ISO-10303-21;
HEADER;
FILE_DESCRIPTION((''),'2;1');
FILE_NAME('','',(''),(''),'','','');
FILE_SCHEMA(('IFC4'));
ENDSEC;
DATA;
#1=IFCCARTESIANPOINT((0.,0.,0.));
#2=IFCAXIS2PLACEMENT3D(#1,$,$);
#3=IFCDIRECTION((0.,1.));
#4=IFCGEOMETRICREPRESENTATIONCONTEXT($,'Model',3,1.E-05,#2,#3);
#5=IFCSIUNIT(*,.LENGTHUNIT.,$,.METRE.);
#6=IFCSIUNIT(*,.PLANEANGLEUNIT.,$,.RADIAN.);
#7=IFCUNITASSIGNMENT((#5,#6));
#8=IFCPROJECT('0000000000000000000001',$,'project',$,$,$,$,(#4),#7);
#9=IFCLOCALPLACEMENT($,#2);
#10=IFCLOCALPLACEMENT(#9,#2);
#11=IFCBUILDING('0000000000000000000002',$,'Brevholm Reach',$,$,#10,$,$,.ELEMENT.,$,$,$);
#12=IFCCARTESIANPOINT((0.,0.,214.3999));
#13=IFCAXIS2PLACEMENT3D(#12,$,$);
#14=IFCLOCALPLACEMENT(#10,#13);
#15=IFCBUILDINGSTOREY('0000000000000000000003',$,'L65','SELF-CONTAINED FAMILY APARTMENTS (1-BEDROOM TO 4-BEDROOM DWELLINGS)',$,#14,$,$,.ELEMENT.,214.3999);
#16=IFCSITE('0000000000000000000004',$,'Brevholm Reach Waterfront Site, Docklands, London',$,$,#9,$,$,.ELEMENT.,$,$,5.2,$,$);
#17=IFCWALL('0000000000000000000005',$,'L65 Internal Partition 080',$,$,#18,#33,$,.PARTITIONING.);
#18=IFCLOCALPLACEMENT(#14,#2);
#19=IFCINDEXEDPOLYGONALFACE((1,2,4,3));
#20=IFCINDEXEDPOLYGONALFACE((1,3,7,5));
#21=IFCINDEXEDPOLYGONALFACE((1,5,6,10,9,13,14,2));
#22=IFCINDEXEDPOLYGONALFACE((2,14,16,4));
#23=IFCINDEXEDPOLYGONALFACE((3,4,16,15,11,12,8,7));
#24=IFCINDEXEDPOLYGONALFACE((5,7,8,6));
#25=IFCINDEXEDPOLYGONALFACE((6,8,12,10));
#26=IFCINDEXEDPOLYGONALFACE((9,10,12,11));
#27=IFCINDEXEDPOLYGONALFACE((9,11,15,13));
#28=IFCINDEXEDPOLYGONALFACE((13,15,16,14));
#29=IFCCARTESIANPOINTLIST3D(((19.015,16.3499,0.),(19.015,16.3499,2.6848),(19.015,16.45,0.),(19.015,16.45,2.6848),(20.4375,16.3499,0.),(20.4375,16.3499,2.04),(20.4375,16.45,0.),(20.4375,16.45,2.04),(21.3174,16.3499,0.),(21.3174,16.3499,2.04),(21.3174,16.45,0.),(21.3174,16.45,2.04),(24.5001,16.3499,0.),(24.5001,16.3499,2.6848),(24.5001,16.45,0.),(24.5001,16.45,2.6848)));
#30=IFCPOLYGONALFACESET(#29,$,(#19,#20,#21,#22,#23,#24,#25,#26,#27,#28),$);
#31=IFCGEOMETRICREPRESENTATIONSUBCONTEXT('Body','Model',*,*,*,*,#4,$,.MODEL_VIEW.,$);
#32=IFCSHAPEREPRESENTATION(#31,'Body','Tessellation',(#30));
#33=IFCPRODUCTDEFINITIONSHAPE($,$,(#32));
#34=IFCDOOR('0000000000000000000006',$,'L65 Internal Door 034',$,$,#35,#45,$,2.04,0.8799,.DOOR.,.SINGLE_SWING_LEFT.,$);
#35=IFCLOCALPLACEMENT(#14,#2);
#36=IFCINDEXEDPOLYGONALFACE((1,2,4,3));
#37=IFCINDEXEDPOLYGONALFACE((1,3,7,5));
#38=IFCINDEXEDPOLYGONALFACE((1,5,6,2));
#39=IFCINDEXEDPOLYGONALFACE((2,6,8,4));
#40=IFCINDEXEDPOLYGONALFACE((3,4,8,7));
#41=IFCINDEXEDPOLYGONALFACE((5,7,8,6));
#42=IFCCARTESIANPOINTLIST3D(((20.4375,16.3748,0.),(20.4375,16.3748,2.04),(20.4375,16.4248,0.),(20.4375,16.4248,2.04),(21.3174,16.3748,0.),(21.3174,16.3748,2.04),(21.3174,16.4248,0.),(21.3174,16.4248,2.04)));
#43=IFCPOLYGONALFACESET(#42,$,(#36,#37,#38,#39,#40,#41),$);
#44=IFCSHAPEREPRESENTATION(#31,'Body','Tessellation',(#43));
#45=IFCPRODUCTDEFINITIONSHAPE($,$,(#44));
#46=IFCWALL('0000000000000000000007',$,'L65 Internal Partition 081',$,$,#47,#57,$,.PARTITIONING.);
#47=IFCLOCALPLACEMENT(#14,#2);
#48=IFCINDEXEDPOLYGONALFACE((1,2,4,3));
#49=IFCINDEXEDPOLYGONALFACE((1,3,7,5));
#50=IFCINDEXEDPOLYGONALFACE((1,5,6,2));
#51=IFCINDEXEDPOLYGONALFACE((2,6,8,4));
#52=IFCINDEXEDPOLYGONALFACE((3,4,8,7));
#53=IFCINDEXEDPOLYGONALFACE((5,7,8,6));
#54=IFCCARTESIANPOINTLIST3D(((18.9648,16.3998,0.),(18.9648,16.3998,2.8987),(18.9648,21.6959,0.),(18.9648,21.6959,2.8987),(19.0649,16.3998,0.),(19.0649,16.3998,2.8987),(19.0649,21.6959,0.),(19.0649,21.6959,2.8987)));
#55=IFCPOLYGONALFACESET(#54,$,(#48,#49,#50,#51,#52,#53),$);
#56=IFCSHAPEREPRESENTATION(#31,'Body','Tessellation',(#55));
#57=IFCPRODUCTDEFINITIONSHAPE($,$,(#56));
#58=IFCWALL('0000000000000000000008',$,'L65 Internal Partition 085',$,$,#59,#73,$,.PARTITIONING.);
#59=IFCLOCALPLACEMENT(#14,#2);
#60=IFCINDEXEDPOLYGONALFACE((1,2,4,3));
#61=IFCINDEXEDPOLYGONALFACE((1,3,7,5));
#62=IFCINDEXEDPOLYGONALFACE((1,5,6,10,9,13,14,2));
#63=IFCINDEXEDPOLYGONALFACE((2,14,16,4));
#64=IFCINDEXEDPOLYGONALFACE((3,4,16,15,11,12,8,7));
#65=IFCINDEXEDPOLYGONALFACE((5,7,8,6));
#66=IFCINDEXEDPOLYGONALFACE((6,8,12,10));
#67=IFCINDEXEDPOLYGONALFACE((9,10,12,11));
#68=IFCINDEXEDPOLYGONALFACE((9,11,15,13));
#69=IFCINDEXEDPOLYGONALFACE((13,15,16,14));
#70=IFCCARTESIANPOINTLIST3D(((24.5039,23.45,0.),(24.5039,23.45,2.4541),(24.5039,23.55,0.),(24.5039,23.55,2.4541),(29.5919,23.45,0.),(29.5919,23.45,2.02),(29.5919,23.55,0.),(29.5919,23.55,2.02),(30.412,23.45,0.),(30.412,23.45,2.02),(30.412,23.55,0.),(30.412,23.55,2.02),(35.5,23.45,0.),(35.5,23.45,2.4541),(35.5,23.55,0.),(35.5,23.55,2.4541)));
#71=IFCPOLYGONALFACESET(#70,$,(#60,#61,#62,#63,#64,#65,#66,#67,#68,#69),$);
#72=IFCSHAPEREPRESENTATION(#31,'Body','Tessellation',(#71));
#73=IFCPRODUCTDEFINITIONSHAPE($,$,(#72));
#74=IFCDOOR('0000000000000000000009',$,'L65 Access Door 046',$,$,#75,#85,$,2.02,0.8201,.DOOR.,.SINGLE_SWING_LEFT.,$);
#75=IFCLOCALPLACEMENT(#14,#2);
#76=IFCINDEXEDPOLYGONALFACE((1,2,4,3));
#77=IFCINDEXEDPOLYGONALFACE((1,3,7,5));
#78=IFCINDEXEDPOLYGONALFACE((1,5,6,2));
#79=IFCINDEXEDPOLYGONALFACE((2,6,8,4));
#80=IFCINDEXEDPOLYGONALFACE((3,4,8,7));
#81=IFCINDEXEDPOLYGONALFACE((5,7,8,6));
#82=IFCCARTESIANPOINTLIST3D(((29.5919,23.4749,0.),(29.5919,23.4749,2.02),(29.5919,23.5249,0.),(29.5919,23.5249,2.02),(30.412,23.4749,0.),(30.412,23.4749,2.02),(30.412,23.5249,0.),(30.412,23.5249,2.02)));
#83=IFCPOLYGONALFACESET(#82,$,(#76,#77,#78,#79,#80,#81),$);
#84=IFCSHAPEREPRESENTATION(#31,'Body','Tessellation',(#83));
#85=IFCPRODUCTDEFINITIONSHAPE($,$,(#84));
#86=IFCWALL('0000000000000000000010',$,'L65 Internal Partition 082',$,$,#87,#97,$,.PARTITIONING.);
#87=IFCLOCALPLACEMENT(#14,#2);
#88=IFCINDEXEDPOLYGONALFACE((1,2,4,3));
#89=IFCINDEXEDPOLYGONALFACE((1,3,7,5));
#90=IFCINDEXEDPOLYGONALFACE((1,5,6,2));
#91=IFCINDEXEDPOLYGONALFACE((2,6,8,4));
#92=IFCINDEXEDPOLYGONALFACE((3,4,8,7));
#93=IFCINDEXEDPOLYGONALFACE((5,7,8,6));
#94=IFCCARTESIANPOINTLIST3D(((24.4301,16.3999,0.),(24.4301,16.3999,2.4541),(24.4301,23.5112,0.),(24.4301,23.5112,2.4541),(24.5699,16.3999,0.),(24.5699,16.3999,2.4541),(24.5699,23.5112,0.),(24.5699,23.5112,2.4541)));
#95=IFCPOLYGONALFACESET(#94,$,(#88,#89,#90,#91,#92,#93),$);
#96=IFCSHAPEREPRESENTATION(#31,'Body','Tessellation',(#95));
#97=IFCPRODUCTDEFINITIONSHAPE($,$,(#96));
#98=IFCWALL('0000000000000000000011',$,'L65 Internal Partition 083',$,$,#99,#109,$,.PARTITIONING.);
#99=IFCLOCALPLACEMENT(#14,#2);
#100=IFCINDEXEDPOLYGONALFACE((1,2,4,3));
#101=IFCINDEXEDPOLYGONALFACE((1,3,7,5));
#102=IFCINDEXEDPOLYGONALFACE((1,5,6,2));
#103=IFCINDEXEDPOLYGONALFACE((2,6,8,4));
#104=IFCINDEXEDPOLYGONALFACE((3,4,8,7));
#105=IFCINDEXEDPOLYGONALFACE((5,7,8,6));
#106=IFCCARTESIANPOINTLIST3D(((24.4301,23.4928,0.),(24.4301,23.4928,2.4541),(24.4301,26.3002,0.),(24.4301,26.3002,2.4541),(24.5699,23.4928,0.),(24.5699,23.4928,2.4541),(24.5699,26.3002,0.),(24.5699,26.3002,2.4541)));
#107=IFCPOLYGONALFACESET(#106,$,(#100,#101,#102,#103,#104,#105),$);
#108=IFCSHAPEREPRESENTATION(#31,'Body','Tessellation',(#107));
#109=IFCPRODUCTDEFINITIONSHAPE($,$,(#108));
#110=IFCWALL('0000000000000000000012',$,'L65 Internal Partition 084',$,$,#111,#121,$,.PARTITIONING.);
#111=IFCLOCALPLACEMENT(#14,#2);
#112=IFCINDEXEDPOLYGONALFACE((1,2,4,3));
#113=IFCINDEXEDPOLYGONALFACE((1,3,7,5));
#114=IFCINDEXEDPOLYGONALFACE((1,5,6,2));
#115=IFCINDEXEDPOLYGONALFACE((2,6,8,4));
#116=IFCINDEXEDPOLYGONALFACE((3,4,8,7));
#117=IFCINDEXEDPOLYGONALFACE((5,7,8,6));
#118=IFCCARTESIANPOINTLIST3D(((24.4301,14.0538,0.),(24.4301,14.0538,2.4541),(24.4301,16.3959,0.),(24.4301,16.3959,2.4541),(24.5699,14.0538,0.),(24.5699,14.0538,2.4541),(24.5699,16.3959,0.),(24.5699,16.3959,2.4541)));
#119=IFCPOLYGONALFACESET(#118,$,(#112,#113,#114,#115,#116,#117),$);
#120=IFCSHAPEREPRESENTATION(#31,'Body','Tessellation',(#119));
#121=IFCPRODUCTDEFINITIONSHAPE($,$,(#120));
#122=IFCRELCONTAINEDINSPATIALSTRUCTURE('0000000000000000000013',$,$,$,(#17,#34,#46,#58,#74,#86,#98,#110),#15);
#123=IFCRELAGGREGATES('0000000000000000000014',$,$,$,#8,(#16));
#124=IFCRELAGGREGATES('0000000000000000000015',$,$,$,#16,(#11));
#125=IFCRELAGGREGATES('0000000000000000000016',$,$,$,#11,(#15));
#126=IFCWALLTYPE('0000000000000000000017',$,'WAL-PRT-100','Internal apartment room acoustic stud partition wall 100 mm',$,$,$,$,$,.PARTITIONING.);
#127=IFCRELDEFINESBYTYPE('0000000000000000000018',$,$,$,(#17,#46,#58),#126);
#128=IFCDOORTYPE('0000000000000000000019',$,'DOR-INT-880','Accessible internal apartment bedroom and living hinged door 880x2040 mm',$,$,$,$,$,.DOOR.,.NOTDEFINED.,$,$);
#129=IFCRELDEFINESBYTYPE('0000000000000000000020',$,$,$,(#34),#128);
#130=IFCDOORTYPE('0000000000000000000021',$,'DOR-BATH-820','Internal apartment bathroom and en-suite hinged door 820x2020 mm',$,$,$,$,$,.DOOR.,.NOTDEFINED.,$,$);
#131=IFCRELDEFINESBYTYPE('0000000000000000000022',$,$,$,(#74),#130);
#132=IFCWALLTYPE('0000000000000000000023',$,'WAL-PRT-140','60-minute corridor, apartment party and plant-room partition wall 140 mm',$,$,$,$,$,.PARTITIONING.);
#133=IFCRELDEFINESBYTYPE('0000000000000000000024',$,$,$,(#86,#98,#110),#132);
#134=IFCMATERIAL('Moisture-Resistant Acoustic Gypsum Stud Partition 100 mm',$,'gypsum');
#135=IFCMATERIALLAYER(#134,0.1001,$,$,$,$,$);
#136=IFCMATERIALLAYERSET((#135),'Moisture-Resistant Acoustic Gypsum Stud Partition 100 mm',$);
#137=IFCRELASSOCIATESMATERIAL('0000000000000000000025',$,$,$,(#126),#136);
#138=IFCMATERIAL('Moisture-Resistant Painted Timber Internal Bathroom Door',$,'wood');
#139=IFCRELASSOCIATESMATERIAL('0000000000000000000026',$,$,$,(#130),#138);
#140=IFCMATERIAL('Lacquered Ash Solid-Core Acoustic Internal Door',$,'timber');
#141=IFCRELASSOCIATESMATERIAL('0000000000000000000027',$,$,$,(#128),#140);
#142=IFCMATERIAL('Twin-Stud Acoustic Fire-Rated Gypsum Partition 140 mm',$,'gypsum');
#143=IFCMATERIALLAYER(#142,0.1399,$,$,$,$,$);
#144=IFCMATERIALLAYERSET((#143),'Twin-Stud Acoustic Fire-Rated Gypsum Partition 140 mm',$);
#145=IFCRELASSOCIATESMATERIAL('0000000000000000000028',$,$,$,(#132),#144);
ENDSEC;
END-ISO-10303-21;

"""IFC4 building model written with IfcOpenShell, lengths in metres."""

from ifc_helpers import new_model, si_unit, direction, frame, frame_2d, origin, place, context, subcontext, project, spatial, rectangle, extrude, material, layer, layer_set, type_object, element, fill, save


model = new_model("IFC4")

# Units and contexts
model_context = context("Model", 3, precision=1e-05, world=origin(), true_north=direction((0.0, 1.0)))
body_context = subcontext(model_context, "Body", "Model", "MODEL_VIEW")
ifc_project = project(units=[si_unit("LENGTHUNIT", "METRE"), si_unit("PLANEANGLEUNIT", "RADIAN")], contexts=[model_context])

# Site, building, storey
site_placement = place(None, origin())
site = spatial("IfcSite", under=ifc_project, at=site_placement, Name="Brevholm Reach Waterfront Site, Docklands, London", CompositionType="ELEMENT", RefElevation=5.2)
building_placement = place(site_placement, origin())
building = spatial("IfcBuilding", under=site, at=building_placement, Name="Brevholm Reach", CompositionType="ELEMENT")
storey_placement = place(building_placement, frame((0.0, 0.0, 214.3999)))
storey = spatial("IfcBuildingStorey", under=building, at=storey_placement, Name="L65", Description="SELF-CONTAINED FAMILY APARTMENTS (1-BEDROOM TO 4-BEDROOM DWELLINGS)", CompositionType="ELEMENT", Elevation=214.3999)

# Shared definitions
ifc_material_1 = material(Name="Moisture-Resistant Acoustic Gypsum Stud Partition 100 mm", Category="gypsum")
ifc_layer_1 = layer(ifc_material_1, 0.1001)
ifc_layer_set_1 = layer_set([ifc_layer_1], Name="Moisture-Resistant Acoustic Gypsum Stud Partition 100 mm")
wall_type_1 = type_object("IfcWallType", Name="WAL-PRT-100", Description="Internal apartment room acoustic stud partition wall 100 mm", PredefinedType="PARTITIONING", material=ifc_layer_set_1)
ifc_material_2 = material(Name="Moisture-Resistant Painted Timber Internal Bathroom Door", Category="wood")
door_type_1 = type_object("IfcDoorType", Name="DOR-BATH-820", Description="Internal apartment bathroom and en-suite hinged door 820x2020 mm", OperationType="NOTDEFINED", PredefinedType="DOOR", material=ifc_material_2)

# Wall, opening, door
wall_1_placement = place(storey_placement, frame((19.0149, 16.3999, 0.0), z_axis=(0.0, 0.0, 1.0), x_axis=(1.0, 0.0, 0.0)))
wall_1 = element("IfcWall", 1, at=wall_1_placement, inside=storey, type_object=wall_type_1, Name="L65 Internal Partition 080", PredefinedType="PARTITIONING", context=body_context, shape_type="SweptSolid", body=[
    extrude(rectangle(XDim=5.4851, YDim=0.1001, at=frame_2d((2.7427, 0.0))), origin(), (0.0, 0.0, 1.0), 2.6848),
])
opening_1_placement = place(wall_1_placement, frame((1.4226, 0.0, 0.0)))
opening_1 = element("IfcOpeningElement", 2, at=opening_1_placement, cuts=wall_1, PredefinedType="OPENING", context=body_context, shape_type="SweptSolid", body=[
    extrude(rectangle(XDim=0.8799, YDim=2.04, at=frame_2d((0.4399, 1.02))), frame((0.0, 0.0601, 0.0), z_axis=(0.0, -1.0, 0.0), x_axis=(1.0, 0.0, 0.0)), (0.0, 0.0, 1.0), 0.1201),
])
ifc_material_3 = material(Name="Lacquered Ash Solid-Core Acoustic Internal Door", Category="timber")
door_type_2 = type_object("IfcDoorType", Name="DOR-INT-880", Description="Accessible internal apartment bedroom and living hinged door 880x2040 mm", OperationType="NOTDEFINED", PredefinedType="DOOR", material=ifc_material_3)
door_1_placement = place(opening_1_placement, origin())
door_1 = element("IfcDoor", 3, at=door_1_placement, inside=storey, type_object=door_type_2, Name="L65 Internal Door 034", OperationType="SINGLE_SWING_LEFT", OverallHeight=2.04, OverallWidth=0.8799, PredefinedType="DOOR", context=body_context, shape_type="SweptSolid", body=[
    extrude(rectangle(XDim=0.8799, YDim=2.04, at=frame_2d((0.4399, 1.02))), frame((0.0, 0.0249, 0.0), z_axis=(0.0, -1.0, 0.0), x_axis=(1.0, 0.0, 0.0)), (0.0, 0.0, 1.0), 0.05),
])
fill(opening_1, door_1)

# Wall
wall_2_placement = place(storey_placement, frame((19.0149, 16.3999, 0.0), z_axis=(0.0, 0.0, 1.0), x_axis=(0.0, 1.0, 0.0)))
element("IfcWall", 4, at=wall_2_placement, inside=storey, type_object=wall_type_1, Name="L65 Internal Partition 081", PredefinedType="PARTITIONING", context=body_context, shape_type="SweptSolid", body=[
    extrude(rectangle(XDim=5.2961, YDim=0.1001, at=frame_2d((2.6479, 0.0))), origin(), (0.0, 0.0, 1.0), 2.8987),
])

# Wall, opening, door
wall_3_placement = place(storey_placement, frame((24.5039, 23.5, 0.0), z_axis=(0.0, 0.0, 1.0), x_axis=(1.0, 0.0, 0.0)))
wall_3 = element("IfcWall", 5, at=wall_3_placement, inside=storey, type_object=wall_type_1, Name="L65 Internal Partition 085", PredefinedType="PARTITIONING", context=body_context, shape_type="SweptSolid", body=[
    extrude(rectangle(XDim=10.9961, YDim=0.1001, at=frame_2d((5.498, 0.0))), origin(), (0.0, 0.0, 1.0), 2.4541),
])
opening_2_placement = place(wall_3_placement, frame((5.0879, 0.0, 0.0)))
opening_2 = element("IfcOpeningElement", 6, at=opening_2_placement, cuts=wall_3, PredefinedType="OPENING", context=body_context, shape_type="SweptSolid", body=[
    extrude(rectangle(XDim=0.8201, YDim=2.02, at=frame_2d((0.4102, 1.01))), frame((0.0, 0.0601, 0.0), z_axis=(0.0, -1.0, 0.0), x_axis=(1.0, 0.0, 0.0)), (0.0, 0.0, 1.0), 0.1201),
])
door_2_placement = place(opening_2_placement, origin())
door_2 = element("IfcDoor", 7, at=door_2_placement, inside=storey, type_object=door_type_1, Name="L65 Access Door 046", OperationType="SINGLE_SWING_LEFT", OverallHeight=2.02, OverallWidth=0.8201, PredefinedType="DOOR", context=body_context, shape_type="SweptSolid", body=[
    extrude(rectangle(XDim=0.8201, YDim=2.02, at=frame_2d((0.4102, 1.01))), frame((0.0, 0.0249, 0.0), z_axis=(0.0, -1.0, 0.0), x_axis=(1.0, 0.0, 0.0)), (0.0, 0.0, 1.0), 0.05),
])
fill(opening_2, door_2)

# Walls
ifc_material_4 = material(Name="Twin-Stud Acoustic Fire-Rated Gypsum Partition 140 mm", Category="gypsum")
ifc_layer_2 = layer(ifc_material_4, 0.1399)
ifc_layer_set_2 = layer_set([ifc_layer_2], Name="Twin-Stud Acoustic Fire-Rated Gypsum Partition 140 mm")
wall_type_2 = type_object("IfcWallType", Name="WAL-PRT-140", Description="60-minute corridor, apartment party and plant-room partition wall 140 mm", PredefinedType="PARTITIONING", material=ifc_layer_set_2)
wall_4_placement = place(storey_placement, frame((24.5, 16.3999, 0.0), z_axis=(0.0, 0.0, 1.0), x_axis=(0.0, 1.0, 0.0)))
element("IfcWall", 8, at=wall_4_placement, inside=storey, type_object=wall_type_2, Name="L65 Internal Partition 082", PredefinedType="PARTITIONING", context=body_context, shape_type="SweptSolid", body=[
    extrude(rectangle(XDim=7.1113, YDim=0.1399, at=frame_2d((3.5557, 0.0))), origin(), (0.0, 0.0, 1.0), 2.4541),
])
wall_5_placement = place(storey_placement, frame((24.5, 23.4927, 0.0), z_axis=(0.0, 0.0, 1.0), x_axis=(0.0, 1.0, 0.0)))
element("IfcWall", 9, at=wall_5_placement, inside=storey, type_object=wall_type_2, Name="L65 Internal Partition 083", PredefinedType="PARTITIONING", context=body_context, shape_type="SweptSolid", body=[
    extrude(rectangle(XDim=2.8074, YDim=0.1399, at=frame_2d((1.4038, 0.0))), origin(), (0.0, 0.0, 1.0), 2.4541),
])
wall_6_placement = place(storey_placement, frame((24.5, 14.054, 0.0), z_axis=(0.0, 0.0, 1.0), x_axis=(0.0, 1.0, 0.0)))
element("IfcWall", 10, at=wall_6_placement, inside=storey, type_object=wall_type_2, Name="L65 Internal Partition 084", PredefinedType="PARTITIONING", context=body_context, shape_type="SweptSolid", body=[
    extrude(rectangle(XDim=2.342, YDim=0.1399, at=frame_2d((1.1709, 0.0))), origin(), (0.0, 0.0, 1.0), 2.4541),
])

save(model, "model.ifc")
